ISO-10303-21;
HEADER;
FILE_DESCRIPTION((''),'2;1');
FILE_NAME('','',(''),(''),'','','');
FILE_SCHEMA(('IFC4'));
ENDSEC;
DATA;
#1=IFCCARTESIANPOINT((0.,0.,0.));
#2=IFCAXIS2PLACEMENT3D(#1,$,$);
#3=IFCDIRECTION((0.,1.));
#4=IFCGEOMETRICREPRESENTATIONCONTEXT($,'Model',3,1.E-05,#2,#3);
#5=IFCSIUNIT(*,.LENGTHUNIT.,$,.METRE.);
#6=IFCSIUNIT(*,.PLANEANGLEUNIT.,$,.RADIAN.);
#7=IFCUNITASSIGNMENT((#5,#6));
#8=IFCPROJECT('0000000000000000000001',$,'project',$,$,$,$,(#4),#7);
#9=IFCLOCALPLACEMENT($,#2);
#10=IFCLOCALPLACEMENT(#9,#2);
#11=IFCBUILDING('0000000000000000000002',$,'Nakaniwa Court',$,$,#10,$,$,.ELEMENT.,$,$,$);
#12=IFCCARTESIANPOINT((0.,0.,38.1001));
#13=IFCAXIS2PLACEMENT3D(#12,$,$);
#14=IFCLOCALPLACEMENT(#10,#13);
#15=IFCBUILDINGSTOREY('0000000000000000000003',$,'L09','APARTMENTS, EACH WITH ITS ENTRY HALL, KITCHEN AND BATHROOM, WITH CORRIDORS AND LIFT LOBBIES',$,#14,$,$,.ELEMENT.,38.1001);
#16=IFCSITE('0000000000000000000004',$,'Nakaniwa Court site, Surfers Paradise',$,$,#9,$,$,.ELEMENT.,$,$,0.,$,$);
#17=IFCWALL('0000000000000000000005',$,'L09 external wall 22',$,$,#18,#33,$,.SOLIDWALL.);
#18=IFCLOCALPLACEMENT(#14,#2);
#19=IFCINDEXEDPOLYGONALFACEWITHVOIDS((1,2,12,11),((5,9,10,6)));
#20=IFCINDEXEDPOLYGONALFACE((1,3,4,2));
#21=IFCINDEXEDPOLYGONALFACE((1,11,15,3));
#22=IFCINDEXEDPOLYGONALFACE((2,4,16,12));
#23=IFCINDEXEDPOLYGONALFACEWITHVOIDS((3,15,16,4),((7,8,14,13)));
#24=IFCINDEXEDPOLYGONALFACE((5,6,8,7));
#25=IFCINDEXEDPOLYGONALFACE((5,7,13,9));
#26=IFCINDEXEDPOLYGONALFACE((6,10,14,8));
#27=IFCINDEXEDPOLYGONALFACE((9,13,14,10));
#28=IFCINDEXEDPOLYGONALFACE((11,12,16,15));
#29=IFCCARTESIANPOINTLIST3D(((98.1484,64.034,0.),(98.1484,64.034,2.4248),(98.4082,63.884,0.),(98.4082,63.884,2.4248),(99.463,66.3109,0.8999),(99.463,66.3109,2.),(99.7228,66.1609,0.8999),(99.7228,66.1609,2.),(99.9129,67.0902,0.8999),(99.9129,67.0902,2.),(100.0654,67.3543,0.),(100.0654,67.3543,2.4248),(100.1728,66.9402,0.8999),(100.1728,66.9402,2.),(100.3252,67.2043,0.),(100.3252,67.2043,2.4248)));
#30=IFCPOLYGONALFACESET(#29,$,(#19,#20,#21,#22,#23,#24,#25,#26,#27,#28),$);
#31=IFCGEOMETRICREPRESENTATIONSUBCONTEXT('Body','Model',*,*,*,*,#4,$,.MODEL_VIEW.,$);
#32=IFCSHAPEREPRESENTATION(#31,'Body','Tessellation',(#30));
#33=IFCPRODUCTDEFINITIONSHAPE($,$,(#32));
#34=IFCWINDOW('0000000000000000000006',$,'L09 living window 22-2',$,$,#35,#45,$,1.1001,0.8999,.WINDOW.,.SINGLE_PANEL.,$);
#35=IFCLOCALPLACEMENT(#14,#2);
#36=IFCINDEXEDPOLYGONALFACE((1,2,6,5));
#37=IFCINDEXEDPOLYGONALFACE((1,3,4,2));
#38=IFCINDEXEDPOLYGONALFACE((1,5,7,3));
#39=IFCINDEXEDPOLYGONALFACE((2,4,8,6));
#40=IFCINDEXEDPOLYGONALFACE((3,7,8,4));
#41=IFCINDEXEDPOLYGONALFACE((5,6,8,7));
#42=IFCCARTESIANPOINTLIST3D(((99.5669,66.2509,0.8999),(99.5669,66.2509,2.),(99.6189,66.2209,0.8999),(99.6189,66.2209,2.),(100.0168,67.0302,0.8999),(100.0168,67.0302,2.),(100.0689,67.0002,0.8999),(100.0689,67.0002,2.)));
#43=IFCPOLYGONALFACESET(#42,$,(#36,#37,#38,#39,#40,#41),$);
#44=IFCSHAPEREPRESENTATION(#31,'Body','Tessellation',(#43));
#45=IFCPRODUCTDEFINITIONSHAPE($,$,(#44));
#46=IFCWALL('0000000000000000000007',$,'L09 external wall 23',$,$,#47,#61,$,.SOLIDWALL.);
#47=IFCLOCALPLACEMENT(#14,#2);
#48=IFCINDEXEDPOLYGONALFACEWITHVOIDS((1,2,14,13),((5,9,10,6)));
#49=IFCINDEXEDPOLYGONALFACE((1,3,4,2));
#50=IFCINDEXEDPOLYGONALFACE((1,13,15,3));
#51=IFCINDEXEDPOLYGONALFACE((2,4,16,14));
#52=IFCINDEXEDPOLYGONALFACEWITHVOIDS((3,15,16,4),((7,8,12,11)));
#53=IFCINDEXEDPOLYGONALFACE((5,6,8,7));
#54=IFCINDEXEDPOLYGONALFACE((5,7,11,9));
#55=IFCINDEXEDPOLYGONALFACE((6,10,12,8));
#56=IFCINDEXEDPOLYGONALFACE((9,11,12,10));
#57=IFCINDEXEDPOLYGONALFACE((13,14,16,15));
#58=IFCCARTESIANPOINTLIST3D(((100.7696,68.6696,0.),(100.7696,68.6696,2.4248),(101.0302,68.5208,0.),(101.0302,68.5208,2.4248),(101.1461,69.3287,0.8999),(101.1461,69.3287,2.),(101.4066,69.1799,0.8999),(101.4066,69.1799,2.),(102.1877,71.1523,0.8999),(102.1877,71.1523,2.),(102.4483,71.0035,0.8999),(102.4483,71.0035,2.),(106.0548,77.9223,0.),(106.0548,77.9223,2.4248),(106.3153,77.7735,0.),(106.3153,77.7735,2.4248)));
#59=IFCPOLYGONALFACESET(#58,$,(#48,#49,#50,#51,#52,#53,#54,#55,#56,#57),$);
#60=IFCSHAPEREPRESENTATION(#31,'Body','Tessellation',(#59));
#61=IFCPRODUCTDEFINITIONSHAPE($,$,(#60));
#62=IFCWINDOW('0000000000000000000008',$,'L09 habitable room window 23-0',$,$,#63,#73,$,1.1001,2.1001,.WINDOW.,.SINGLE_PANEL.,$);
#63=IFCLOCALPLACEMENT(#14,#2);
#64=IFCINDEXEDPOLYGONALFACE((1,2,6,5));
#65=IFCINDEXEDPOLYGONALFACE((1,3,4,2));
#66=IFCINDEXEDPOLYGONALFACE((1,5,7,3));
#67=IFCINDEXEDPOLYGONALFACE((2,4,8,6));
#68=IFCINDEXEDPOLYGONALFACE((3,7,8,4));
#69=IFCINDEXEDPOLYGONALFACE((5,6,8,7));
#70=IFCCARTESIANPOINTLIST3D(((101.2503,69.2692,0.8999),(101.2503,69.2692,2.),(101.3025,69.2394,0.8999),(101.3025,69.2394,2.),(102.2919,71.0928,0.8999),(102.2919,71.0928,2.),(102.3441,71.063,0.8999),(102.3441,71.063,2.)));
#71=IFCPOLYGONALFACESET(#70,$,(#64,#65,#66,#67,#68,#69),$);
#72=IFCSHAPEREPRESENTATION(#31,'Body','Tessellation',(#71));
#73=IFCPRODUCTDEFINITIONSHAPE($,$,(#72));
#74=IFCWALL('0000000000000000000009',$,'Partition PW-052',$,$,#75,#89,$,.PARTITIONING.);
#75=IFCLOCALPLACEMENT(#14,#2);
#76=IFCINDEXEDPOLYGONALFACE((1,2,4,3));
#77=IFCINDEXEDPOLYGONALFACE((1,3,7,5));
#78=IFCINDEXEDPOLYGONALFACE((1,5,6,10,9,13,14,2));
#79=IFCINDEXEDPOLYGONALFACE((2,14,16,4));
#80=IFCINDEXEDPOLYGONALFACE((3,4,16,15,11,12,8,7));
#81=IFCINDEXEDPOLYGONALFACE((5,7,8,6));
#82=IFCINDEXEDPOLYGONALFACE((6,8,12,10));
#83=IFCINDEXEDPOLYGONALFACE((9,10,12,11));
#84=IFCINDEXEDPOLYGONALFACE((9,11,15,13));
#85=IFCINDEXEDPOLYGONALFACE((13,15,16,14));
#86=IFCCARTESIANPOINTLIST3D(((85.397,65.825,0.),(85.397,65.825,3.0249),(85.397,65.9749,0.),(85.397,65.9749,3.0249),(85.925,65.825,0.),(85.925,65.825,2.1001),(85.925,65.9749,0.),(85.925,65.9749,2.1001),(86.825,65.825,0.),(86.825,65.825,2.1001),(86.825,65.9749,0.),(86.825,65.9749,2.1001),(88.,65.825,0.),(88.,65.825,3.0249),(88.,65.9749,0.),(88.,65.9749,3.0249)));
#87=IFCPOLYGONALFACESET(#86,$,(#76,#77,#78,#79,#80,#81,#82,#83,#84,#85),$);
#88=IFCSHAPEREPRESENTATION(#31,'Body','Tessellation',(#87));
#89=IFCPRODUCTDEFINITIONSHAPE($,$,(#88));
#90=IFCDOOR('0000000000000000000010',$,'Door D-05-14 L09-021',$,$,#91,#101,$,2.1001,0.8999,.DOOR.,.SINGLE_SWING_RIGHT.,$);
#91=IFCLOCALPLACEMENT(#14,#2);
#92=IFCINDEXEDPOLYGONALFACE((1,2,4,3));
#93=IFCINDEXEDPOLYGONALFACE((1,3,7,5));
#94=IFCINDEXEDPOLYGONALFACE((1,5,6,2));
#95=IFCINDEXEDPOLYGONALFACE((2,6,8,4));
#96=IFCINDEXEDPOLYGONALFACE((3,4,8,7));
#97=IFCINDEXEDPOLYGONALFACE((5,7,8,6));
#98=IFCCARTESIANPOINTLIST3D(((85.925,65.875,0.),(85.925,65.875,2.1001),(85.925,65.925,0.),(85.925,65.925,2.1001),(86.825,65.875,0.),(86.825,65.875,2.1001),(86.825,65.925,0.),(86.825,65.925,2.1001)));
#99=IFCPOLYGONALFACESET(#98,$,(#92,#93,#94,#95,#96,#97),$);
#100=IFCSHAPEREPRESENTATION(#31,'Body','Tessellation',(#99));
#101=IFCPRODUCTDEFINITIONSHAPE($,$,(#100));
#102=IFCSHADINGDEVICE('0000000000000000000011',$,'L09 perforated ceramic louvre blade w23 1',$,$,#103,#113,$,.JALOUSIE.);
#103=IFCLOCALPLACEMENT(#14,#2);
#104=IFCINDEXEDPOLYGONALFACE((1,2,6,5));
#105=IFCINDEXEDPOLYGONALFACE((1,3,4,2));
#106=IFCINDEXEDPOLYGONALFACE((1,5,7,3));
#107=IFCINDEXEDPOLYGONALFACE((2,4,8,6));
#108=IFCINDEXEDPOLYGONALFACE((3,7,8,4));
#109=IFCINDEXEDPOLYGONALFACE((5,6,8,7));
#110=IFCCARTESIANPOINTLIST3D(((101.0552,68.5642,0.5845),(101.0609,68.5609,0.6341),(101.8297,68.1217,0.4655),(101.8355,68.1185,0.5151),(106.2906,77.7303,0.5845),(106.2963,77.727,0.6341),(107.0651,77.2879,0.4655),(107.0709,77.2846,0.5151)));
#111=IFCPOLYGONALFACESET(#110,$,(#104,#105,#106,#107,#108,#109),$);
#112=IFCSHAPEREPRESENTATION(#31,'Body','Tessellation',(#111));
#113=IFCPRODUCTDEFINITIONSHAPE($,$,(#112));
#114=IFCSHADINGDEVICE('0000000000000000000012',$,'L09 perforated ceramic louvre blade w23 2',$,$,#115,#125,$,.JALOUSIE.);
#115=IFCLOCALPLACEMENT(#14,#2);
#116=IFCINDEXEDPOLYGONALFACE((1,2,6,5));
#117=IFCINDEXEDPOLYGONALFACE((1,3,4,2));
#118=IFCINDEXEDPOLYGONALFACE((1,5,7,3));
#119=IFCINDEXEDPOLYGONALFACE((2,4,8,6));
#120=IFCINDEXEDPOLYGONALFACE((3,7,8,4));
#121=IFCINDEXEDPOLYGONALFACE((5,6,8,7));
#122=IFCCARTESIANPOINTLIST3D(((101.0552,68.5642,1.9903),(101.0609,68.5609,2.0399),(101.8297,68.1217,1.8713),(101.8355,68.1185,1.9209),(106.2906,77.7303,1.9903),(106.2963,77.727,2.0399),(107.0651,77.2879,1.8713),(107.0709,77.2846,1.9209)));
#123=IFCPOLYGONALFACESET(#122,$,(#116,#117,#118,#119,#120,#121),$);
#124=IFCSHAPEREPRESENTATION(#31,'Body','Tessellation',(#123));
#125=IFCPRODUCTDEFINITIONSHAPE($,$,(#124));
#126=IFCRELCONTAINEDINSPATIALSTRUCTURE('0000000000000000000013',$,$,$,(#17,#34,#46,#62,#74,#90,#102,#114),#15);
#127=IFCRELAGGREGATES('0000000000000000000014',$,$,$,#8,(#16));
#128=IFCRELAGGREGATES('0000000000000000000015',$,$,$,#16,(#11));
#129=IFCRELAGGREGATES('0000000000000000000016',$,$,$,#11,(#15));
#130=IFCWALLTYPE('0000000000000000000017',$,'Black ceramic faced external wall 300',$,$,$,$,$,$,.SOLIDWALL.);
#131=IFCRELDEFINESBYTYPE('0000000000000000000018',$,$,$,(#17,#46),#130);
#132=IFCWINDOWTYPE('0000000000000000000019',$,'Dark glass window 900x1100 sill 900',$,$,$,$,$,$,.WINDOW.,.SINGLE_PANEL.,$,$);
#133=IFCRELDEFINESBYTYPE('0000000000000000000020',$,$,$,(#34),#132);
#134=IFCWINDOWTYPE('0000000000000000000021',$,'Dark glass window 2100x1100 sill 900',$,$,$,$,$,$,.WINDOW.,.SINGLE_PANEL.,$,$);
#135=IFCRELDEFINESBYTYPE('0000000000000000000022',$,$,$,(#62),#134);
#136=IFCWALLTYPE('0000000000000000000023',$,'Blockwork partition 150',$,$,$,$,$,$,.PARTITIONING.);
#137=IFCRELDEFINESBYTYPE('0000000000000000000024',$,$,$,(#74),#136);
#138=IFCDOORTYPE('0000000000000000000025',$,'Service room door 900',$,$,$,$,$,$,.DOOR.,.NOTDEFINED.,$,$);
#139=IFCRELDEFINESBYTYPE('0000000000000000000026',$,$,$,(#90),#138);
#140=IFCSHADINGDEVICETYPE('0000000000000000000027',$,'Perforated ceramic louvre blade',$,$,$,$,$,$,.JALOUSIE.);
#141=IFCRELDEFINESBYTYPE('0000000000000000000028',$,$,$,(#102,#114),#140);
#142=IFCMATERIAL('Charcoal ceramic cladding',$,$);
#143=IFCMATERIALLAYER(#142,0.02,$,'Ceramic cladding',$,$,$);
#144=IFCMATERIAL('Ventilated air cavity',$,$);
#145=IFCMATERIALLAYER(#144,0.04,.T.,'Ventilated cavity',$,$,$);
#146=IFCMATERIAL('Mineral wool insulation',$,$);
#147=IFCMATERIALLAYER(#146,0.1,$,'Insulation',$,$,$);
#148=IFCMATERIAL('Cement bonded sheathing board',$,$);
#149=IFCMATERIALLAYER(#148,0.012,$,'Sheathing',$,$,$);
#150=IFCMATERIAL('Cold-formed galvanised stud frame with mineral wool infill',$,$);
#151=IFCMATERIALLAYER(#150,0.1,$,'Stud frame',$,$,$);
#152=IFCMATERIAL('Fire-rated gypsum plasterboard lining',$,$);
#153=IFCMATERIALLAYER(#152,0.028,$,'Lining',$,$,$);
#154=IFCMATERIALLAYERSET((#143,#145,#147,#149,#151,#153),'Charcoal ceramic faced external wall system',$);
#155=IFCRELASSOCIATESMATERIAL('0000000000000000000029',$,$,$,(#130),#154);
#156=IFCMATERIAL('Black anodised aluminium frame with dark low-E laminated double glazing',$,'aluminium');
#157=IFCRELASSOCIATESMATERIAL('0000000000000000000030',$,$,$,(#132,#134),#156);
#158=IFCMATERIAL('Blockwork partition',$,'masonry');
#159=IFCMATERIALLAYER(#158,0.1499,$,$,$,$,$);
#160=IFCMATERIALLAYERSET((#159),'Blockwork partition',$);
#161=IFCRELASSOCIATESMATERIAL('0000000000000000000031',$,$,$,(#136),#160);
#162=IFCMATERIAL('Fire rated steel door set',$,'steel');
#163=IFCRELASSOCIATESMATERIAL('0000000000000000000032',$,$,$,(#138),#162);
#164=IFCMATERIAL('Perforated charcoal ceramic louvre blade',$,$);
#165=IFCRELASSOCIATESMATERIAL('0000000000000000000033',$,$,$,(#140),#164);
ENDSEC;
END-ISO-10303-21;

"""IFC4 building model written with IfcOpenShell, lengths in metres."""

from ifc_helpers import new_model, si_unit, direction, frame, frame_2d, origin, origin_2d, place, context, subcontext, project, spatial, rectangle, extrude, material, layer, layer_set, material_profile, profile_set, type_object, element, fill, save


model = new_model("IFC4")

# Units and contexts
model_context = context("Model", 3, precision=1e-05, world=origin(), true_north=direction((0.0, 1.0)))
body_context = subcontext(model_context, "Body", "Model", "MODEL_VIEW")
ifc_project = project(units=[si_unit("LENGTHUNIT", "METRE"), si_unit("PLANEANGLEUNIT", "RADIAN")], contexts=[model_context])

# Site, building, storey
site_placement = place(None, origin())
site = spatial("IfcSite", under=ifc_project, at=site_placement, Name="Nakaniwa Court site, Surfers Paradise", CompositionType="ELEMENT", RefElevation=0.0)
building_placement = place(site_placement, origin())
building = spatial("IfcBuilding", under=site, at=building_placement, Name="Nakaniwa Court", CompositionType="ELEMENT")
storey_placement = place(building_placement, frame((0.0, 0.0, 38.1001)))
storey = spatial("IfcBuildingStorey", under=building, at=storey_placement, Name="L09", Description="APARTMENTS, EACH WITH ITS ENTRY HALL, KITCHEN AND BATHROOM, WITH CORRIDORS AND LIFT LOBBIES", CompositionType="ELEMENT", Elevation=38.1001)

# Walls, openings, windows
ifc_material_1 = material(Name="Charcoal ceramic cladding")
ifc_layer_1 = layer(ifc_material_1, 0.02, Name="Ceramic cladding")
ifc_material_2 = material(Name="Ventilated air cavity")
ifc_layer_2 = layer(ifc_material_2, 0.04, ventilated=True, Name="Ventilated cavity")
ifc_material_3 = material(Name="Mineral wool insulation")
ifc_layer_3 = layer(ifc_material_3, 0.1, Name="Insulation")
ifc_material_4 = material(Name="Cement bonded sheathing board")
ifc_layer_4 = layer(ifc_material_4, 0.012, Name="Sheathing")
ifc_material_5 = material(Name="Cold-formed galvanised stud frame with mineral wool infill")
ifc_layer_5 = layer(ifc_material_5, 0.1, Name="Stud frame")
ifc_material_6 = material(Name="Fire-rated gypsum plasterboard lining")
ifc_layer_6 = layer(ifc_material_6, 0.028, Name="Lining")
ifc_layer_set_1 = layer_set([ifc_layer_1, ifc_layer_2, ifc_layer_3, ifc_layer_4, ifc_layer_5, ifc_layer_6], Name="Charcoal ceramic faced external wall system")
wall_type_1 = type_object("IfcWallType", Name="Black ceramic faced external wall 300", PredefinedType="SOLIDWALL", material=ifc_layer_set_1)
wall_1_placement = place(storey_placement, frame((98.2783, 63.959, 0.0), z_axis=(0.0, 0.0, 1.0), x_axis=(0.500002, 0.866024, 0.0)))
wall_1 = element("IfcWall", 1, at=wall_1_placement, inside=storey, type_object=wall_type_1, Name="L09 external wall 22", PredefinedType="SOLIDWALL", context=body_context, shape_type="SweptSolid", body=[
    extrude(rectangle(XDim=3.834, YDim=0.3, at=frame_2d((1.917, 0.0))), origin(), (0.0, 0.0, 1.0), 2.4248),
])
opening_1_placement = place(wall_1_placement, frame((2.6292, 0.0, 0.8999)))
opening_1 = element("IfcOpeningElement", 2, at=opening_1_placement, cuts=wall_1, PredefinedType="OPENING", context=body_context, shape_type="SweptSolid", body=[
    extrude(rectangle(XDim=0.8999, YDim=1.1001, at=frame_2d((0.45, 0.55))), frame((0.0, 0.1599, 0.0), z_axis=(0.0, -1.0, 0.0), x_axis=(1.0, 0.0, 0.0)), (0.0, 0.0, 1.0), 0.3201),
])
ifc_material_7 = material(Name="Black anodised aluminium frame with dark low-E laminated double glazing", Category="aluminium")
window_type_1 = type_object("IfcWindowType", Name="Dark glass window 900x1100 sill 900", PartitioningType="SINGLE_PANEL", PredefinedType="WINDOW", material=ifc_material_7)
window_1_placement = place(opening_1_placement, origin())
window_1 = element("IfcWindow", 3, at=window_1_placement, inside=storey, type_object=window_type_1, Name="L09 living window 22-2", OverallHeight=1.1001, OverallWidth=0.8999, PartitioningType="SINGLE_PANEL", PredefinedType="WINDOW", context=body_context, shape_type="SweptSolid", body=[
    extrude(rectangle(XDim=0.8999, YDim=1.1001, at=frame_2d((0.45, 0.55))), frame((0.0, 0.03, 0.0), z_axis=(0.0, -1.0, 0.0), x_axis=(1.0, 0.0, 0.0)), (0.0, 0.0, 1.0), 0.0601),
])
fill(opening_1, window_1)
wall_2_placement = place(storey_placement, frame((100.8999, 68.5952, 0.0), z_axis=(0.0, 0.0, 1.0), x_axis=(0.495991, 0.868328, 0.0)))
wall_2 = element("IfcWall", 4, at=wall_2_placement, inside=storey, type_object=wall_type_1, Name="L09 external wall 23", PredefinedType="SOLIDWALL", context=body_context, shape_type="SweptSolid", body=[
    extrude(rectangle(XDim=10.6558, YDim=0.3, at=frame_2d((5.3279, 0.0))), origin(), (0.0, 0.0, 1.0), 2.4248),
])
opening_2_placement = place(wall_2_placement, frame((0.759, 0.0, 0.8999)))
opening_2 = element("IfcOpeningElement", 5, at=opening_2_placement, cuts=wall_2, PredefinedType="OPENING", context=body_context, shape_type="SweptSolid", body=[
    extrude(rectangle(XDim=2.1001, YDim=1.1001, at=frame_2d((1.05, 0.55))), frame((0.0, 0.1599, 0.0), z_axis=(0.0, -1.0, 0.0), x_axis=(1.0, 0.0, 0.0)), (0.0, 0.0, 1.0), 0.3201),
])
window_type_2 = type_object("IfcWindowType", Name="Dark glass window 2100x1100 sill 900", PartitioningType="SINGLE_PANEL", PredefinedType="WINDOW", material=ifc_material_7)
window_2_placement = place(opening_2_placement, origin())
window_2 = element("IfcWindow", 6, at=window_2_placement, inside=storey, type_object=window_type_2, Name="L09 habitable room window 23-0", OverallHeight=1.1001, OverallWidth=2.1001, PartitioningType="SINGLE_PANEL", PredefinedType="WINDOW", context=body_context, shape_type="SweptSolid", body=[
    extrude(rectangle(XDim=2.1001, YDim=1.1001, at=frame_2d((1.05, 0.55))), frame((0.0, 0.03, 0.0), z_axis=(0.0, -1.0, 0.0), x_axis=(1.0, 0.0, 0.0)), (0.0, 0.0, 1.0), 0.0601),
])
fill(opening_2, window_2)

# Wall, opening, door
ifc_material_8 = material(Name="Blockwork partition", Category="masonry")
ifc_layer_7 = layer(ifc_material_8, 0.1499)
ifc_layer_set_2 = layer_set([ifc_layer_7], Name="Blockwork partition")
wall_type_2 = type_object("IfcWallType", Name="Blockwork partition 150", PredefinedType="PARTITIONING", material=ifc_layer_set_2)
wall_3_placement = place(storey_placement, frame((88.0, 65.8999, 0.0), z_axis=(0.0, 0.0, 1.0), x_axis=(-1.0, 0.0, 0.0)))
wall_3 = element("IfcWall", 7, at=wall_3_placement, inside=storey, type_object=wall_type_2, Name="Partition PW-052", PredefinedType="PARTITIONING", context=body_context, shape_type="SweptSolid", body=[
    extrude(rectangle(XDim=2.603, YDim=0.1499, at=frame_2d((1.3015, 0.0))), origin(), (0.0, 0.0, 1.0), 3.0249),
])
opening_3_placement = place(wall_3_placement, frame((1.175, 0.0, 0.0)))
opening_3 = element("IfcOpeningElement", 8, at=opening_3_placement, cuts=wall_3, PredefinedType="OPENING", context=body_context, shape_type="SweptSolid", body=[
    extrude(rectangle(XDim=0.8999, YDim=2.1001, at=frame_2d((0.45, 1.05))), frame((0.0, 0.085, 0.0), z_axis=(0.0, -1.0, 0.0), x_axis=(1.0, 0.0, 0.0)), (0.0, 0.0, 1.0), 0.1699),
])
ifc_material_9 = material(Name="Fire rated steel door set", Category="steel")
door_type_1 = type_object("IfcDoorType", Name="Service room door 900", OperationType="NOTDEFINED", PredefinedType="DOOR", material=ifc_material_9)
door_1_placement = place(opening_3_placement, origin())
door_1 = element("IfcDoor", 9, at=door_1_placement, inside=storey, type_object=door_type_1, Name="Door D-05-14 L09-021", OperationType="SINGLE_SWING_RIGHT", OverallHeight=2.1001, OverallWidth=0.8999, PredefinedType="DOOR", context=body_context, shape_type="SweptSolid", body=[
    extrude(rectangle(XDim=0.8999, YDim=2.1001, at=frame_2d((0.45, 1.05))), frame((0.0, 0.0249, 0.0), z_axis=(0.0, -1.0, 0.0), x_axis=(1.0, 0.0, 0.0)), (0.0, 0.0, 1.0), 0.05),
])
fill(opening_3, door_1)

# Shading devices
ifc_material_10 = material(Name="Perforated charcoal ceramic louvre blade")
ifc_material_profile_1 = material_profile(ifc_material_10, rectangle(XDim=0.8999, YDim=0.05, at=origin_2d()), Name="Perforated ceramic louvre blade")
ifc_profile_set_1 = profile_set([ifc_material_profile_1], Name="Perforated charcoal ceramic louvre blade")
shading_device_type = type_object("IfcShadingDeviceType", Name="Perforated ceramic louvre blade", PredefinedType="JALOUSIE", material=ifc_profile_set_1)
for number, where, z_axis, x_axis, name in (
    (10, (101.4453, 68.3413, 0.5498), (0.49597, 0.86834, 0.0), (-0.860712, 0.491613, 0.132256), "L09 perforated ceramic louvre blade w23 1"),
    (11, (101.4453, 68.3413, 1.9556), (0.49597, 0.86834, 0.0), (-0.860712, 0.491613, 0.132256), "L09 perforated ceramic louvre blade w23 2"),
):
    element("IfcShadingDevice", number, at=place(storey_placement, frame(where, z_axis=z_axis, x_axis=x_axis)), inside=storey, type_object=shading_device_type, Name=name, PredefinedType="JALOUSIE", context=body_context, shape_type="SweptSolid", body=[
        extrude(rectangle(XDim=0.8999, YDim=0.05, at=origin_2d()), origin(), (0.0, 0.0, 1.0), 10.5559),
    ])

save(model, "model.ifc")
